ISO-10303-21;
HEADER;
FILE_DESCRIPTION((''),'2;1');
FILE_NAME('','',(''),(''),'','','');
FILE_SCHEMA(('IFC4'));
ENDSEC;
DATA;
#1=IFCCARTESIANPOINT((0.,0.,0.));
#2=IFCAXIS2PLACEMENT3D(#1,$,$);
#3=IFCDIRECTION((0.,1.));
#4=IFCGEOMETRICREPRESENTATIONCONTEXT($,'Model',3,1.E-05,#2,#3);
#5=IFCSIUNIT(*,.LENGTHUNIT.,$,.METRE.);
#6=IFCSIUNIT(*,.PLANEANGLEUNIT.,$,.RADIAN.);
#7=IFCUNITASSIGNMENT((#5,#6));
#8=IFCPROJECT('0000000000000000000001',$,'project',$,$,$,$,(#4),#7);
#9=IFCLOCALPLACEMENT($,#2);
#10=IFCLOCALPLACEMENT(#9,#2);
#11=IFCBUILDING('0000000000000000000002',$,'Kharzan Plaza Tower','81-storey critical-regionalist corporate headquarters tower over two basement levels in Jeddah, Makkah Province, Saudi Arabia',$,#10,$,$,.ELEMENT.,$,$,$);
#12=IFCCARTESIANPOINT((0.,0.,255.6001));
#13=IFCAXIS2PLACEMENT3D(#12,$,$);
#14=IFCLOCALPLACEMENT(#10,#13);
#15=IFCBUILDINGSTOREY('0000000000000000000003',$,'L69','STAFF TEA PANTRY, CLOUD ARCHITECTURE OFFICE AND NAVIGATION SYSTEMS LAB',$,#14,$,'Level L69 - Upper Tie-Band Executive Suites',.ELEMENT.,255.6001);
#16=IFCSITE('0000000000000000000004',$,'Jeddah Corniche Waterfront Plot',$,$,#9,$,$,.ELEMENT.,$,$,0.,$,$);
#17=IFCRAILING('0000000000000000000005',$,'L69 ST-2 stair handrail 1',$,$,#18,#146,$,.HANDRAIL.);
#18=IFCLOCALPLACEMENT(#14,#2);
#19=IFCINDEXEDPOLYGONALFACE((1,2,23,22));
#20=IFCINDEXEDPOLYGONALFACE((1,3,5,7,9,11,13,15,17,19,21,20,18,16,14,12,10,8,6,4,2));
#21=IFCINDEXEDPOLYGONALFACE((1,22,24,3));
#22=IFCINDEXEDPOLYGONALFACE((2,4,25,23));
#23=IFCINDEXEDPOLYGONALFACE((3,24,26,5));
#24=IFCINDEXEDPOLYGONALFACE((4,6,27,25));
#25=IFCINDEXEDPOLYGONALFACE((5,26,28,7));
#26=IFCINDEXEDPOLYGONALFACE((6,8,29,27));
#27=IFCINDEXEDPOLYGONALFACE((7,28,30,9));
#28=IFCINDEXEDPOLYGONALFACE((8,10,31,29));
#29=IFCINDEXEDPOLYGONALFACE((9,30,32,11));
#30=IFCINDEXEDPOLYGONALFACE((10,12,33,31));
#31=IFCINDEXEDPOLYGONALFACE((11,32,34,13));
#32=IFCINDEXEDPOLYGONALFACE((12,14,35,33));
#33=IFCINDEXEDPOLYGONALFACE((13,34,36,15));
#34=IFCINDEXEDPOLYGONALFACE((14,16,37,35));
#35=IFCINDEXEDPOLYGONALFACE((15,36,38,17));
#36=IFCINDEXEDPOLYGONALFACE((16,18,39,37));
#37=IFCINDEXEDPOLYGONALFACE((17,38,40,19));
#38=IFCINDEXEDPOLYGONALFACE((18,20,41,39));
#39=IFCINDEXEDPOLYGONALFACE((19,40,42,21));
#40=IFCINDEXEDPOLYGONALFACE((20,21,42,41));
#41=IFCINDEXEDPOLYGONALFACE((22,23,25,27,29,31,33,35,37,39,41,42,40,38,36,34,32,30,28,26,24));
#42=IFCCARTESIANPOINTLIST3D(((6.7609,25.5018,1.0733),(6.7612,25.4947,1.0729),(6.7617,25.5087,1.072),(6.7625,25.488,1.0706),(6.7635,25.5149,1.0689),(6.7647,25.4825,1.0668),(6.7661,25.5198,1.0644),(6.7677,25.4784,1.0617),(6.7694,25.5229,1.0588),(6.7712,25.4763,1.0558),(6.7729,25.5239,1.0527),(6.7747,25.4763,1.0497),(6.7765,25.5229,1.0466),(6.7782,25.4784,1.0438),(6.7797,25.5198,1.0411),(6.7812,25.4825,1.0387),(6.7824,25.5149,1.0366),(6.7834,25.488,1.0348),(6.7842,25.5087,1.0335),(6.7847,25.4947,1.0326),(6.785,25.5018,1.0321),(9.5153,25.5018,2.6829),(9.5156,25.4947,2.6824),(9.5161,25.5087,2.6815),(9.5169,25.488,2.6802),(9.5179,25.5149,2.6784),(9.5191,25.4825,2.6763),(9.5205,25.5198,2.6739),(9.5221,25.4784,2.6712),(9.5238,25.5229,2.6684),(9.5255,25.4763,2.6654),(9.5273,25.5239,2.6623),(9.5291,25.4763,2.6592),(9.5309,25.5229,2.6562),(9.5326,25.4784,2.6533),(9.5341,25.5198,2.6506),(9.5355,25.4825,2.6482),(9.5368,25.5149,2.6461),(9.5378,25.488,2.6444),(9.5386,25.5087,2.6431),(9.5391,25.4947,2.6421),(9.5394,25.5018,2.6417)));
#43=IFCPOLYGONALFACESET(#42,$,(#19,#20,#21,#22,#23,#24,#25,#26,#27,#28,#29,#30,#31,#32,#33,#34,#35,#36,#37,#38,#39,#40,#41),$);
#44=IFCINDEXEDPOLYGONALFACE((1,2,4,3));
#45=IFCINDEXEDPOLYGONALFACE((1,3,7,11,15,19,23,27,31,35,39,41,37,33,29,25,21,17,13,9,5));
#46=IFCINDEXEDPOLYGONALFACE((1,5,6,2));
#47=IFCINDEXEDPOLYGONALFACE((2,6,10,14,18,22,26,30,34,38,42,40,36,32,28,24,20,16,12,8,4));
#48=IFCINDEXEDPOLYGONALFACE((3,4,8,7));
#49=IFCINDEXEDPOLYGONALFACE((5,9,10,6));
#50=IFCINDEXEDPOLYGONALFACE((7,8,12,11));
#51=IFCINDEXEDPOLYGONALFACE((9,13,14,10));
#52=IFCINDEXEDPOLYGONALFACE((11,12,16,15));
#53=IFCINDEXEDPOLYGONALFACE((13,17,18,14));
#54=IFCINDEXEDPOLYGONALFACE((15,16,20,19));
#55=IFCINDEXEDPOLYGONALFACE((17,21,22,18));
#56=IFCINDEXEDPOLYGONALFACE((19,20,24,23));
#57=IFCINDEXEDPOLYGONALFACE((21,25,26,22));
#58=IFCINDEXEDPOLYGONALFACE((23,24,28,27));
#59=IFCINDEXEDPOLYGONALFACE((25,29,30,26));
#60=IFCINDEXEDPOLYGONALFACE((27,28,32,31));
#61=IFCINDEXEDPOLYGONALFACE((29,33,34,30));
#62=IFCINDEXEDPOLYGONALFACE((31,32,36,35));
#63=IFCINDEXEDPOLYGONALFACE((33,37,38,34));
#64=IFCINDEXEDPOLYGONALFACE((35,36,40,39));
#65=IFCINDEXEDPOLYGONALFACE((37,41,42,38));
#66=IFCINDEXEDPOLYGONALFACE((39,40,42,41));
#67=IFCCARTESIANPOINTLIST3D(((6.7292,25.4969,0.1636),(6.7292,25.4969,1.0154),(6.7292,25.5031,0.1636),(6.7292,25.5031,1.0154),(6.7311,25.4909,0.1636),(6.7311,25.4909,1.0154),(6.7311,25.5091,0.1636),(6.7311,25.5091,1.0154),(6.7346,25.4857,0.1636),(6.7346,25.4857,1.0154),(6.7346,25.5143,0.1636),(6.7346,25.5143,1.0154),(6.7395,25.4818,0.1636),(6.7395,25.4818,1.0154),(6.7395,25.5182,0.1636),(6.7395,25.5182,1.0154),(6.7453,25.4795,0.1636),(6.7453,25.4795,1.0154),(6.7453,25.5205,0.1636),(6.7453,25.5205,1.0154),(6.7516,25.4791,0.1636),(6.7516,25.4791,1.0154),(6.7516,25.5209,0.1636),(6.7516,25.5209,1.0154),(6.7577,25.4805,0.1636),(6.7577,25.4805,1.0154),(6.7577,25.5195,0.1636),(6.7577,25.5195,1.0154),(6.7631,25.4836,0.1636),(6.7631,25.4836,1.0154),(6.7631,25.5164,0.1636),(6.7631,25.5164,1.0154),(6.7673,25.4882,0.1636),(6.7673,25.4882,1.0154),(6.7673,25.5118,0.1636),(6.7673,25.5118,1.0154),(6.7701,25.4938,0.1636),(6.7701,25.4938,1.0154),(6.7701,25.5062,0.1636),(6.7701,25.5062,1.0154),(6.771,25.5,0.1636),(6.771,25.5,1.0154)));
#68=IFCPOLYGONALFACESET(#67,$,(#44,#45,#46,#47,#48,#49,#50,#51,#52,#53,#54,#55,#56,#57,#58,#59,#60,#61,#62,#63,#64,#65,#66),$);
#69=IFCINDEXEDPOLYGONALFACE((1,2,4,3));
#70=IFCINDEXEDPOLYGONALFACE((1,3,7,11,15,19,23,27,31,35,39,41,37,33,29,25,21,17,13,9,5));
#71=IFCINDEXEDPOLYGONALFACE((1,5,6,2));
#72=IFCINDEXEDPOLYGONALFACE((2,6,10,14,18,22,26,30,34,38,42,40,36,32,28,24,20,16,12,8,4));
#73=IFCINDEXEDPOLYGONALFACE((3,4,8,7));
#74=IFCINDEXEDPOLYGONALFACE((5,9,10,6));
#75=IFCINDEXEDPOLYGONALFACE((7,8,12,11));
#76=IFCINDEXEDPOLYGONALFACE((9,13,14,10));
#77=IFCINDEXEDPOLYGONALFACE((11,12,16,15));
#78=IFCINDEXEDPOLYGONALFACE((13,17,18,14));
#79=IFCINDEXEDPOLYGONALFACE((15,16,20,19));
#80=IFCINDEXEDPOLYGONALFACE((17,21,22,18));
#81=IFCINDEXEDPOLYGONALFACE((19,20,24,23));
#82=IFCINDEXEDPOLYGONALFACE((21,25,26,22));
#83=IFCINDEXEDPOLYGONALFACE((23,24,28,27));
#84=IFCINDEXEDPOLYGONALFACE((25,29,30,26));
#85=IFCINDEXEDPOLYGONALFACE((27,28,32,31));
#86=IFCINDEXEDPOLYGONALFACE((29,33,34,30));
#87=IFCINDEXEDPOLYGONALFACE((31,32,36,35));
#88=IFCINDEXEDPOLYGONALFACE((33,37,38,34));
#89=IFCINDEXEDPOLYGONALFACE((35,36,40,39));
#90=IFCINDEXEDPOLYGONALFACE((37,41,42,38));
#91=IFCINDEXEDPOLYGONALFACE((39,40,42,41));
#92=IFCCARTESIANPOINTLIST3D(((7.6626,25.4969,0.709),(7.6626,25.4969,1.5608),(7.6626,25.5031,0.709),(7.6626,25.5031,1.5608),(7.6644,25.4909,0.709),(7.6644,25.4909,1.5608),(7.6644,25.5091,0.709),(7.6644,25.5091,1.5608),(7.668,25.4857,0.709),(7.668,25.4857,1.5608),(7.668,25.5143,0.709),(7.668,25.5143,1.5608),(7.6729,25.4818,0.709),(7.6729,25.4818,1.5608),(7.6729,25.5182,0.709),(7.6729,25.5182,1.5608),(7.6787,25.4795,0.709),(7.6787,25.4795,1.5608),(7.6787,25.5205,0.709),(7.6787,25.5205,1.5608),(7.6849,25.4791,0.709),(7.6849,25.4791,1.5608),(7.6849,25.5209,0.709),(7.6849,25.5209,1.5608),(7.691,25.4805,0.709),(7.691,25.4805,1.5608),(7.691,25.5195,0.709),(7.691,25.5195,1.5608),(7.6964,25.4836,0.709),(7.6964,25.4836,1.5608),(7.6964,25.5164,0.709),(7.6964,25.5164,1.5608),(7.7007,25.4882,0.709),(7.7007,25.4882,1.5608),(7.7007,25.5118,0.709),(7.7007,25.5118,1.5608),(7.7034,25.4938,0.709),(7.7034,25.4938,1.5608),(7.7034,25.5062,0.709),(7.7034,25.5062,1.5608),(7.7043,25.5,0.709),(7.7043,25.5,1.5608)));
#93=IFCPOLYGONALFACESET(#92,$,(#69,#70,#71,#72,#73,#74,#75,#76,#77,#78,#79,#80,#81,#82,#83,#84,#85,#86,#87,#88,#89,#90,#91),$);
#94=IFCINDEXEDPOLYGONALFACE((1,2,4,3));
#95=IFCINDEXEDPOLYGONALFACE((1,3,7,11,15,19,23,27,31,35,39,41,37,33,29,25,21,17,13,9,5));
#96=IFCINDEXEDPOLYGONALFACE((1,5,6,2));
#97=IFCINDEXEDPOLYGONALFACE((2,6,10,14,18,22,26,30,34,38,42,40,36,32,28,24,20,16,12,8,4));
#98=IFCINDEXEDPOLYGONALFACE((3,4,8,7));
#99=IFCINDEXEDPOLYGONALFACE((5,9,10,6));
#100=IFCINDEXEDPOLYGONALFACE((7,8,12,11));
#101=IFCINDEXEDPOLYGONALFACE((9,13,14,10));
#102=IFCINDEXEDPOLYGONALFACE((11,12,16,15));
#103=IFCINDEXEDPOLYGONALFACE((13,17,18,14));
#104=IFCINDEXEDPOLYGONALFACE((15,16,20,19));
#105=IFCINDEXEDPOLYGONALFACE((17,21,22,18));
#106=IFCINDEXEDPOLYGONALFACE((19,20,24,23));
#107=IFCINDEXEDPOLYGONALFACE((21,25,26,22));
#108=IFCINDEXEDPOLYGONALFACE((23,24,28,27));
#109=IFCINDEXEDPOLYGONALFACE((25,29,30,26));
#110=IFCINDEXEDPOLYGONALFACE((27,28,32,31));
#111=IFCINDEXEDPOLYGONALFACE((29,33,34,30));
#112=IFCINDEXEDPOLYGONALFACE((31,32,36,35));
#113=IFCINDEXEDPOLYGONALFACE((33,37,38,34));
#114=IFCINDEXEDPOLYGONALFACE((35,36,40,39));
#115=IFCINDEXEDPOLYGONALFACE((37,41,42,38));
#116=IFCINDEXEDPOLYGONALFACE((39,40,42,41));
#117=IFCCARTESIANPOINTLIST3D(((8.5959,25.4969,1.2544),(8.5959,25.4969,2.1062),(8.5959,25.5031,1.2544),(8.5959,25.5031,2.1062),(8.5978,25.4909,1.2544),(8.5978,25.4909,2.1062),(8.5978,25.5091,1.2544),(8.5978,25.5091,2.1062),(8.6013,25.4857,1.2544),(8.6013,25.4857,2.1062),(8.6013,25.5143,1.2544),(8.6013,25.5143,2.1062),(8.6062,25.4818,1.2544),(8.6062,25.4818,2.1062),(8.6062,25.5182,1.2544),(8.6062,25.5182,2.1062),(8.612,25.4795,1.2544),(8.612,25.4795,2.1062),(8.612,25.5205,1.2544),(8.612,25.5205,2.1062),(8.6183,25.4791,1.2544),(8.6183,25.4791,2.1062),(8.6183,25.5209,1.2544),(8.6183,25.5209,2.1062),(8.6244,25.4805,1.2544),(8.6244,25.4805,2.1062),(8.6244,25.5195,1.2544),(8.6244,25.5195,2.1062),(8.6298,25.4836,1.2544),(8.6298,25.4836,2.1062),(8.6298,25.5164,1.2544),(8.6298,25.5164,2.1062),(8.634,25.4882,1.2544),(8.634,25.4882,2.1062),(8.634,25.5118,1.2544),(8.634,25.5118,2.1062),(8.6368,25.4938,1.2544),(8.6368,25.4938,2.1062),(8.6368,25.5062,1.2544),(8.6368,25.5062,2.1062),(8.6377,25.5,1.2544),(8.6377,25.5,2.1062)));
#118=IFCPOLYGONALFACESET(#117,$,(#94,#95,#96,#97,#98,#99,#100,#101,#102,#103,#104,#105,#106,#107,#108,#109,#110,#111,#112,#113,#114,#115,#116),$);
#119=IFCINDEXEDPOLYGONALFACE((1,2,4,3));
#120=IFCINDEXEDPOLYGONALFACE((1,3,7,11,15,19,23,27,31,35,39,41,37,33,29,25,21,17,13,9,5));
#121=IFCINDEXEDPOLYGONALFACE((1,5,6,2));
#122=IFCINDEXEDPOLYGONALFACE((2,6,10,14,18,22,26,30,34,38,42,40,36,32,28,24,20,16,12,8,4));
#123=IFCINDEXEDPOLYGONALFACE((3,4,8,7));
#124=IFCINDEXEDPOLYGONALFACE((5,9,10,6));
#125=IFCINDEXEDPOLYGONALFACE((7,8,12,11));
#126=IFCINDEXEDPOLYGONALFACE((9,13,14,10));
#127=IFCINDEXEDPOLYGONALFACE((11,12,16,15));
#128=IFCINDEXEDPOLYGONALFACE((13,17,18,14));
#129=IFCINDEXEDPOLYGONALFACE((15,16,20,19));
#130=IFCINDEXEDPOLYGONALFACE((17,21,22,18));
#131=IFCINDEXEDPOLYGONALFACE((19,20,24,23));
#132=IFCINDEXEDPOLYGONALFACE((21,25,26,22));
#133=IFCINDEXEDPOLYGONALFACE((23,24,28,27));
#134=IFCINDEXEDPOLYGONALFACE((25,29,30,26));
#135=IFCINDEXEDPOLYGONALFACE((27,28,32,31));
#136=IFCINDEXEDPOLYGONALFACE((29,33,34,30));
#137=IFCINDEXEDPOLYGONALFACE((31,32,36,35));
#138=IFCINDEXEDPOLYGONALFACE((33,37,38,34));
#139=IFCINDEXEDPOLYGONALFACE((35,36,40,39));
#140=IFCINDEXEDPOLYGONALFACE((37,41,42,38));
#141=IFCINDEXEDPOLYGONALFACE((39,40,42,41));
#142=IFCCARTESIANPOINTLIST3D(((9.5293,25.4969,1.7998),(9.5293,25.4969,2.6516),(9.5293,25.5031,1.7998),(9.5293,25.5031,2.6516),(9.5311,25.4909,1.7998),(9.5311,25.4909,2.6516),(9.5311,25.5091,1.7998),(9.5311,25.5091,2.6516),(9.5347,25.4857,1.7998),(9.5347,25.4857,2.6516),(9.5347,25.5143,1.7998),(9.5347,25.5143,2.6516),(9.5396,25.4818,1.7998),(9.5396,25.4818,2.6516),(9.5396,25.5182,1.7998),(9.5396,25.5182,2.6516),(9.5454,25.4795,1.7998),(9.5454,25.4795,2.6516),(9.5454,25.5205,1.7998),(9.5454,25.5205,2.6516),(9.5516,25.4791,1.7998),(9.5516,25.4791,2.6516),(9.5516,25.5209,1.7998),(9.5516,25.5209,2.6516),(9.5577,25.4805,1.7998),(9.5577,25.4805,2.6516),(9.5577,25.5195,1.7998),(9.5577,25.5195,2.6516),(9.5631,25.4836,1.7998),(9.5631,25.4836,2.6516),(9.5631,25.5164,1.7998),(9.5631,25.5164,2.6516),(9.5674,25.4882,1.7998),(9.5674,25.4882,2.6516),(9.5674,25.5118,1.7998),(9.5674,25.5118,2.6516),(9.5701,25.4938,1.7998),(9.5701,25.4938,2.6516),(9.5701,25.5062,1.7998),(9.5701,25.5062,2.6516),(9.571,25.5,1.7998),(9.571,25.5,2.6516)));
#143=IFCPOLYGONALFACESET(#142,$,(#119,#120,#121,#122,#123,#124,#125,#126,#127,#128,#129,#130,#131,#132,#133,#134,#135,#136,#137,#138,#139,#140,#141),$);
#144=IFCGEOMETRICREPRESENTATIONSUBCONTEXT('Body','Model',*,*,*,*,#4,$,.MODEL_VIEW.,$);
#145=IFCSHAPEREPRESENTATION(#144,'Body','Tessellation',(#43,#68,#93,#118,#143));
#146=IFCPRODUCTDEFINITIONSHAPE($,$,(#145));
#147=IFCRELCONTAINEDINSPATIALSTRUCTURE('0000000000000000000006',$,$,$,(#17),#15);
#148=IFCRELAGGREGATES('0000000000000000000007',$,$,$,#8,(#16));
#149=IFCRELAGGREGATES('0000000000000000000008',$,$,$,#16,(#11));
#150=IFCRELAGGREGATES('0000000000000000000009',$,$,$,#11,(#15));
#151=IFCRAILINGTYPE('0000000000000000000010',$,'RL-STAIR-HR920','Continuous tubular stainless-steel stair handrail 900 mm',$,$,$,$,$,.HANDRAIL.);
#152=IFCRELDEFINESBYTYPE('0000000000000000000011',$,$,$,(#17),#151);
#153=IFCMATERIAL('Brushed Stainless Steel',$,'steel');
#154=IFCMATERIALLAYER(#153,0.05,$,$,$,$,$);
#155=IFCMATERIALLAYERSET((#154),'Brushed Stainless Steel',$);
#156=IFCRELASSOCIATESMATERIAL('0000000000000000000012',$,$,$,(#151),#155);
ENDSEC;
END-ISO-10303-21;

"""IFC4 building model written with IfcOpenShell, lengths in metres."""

from ifc_helpers import new_model, si_unit, direction, frame, origin, origin_2d, place, context, subcontext, project, spatial, circle, extrude, source, transform, mapped, material, layer, layer_set, type_object, element, save


model = new_model("IFC4")

# Units and contexts
model_context = context("Model", 3, precision=1e-05, world=origin(), true_north=direction((0.0, 1.0)))
body_context = subcontext(model_context, "Body", "Model", "MODEL_VIEW")
ifc_project = project(units=[si_unit("LENGTHUNIT", "METRE"), si_unit("PLANEANGLEUNIT", "RADIAN")], contexts=[model_context])

# Site, building, storey
site_placement = place(None, origin())
site = spatial("IfcSite", under=ifc_project, at=site_placement, Name="Jeddah Corniche Waterfront Plot", CompositionType="ELEMENT", RefElevation=0.0)
building_placement = place(site_placement, origin())
building = spatial("IfcBuilding", under=site, at=building_placement, Name="Kharzan Plaza Tower", Description="81-storey critical-regionalist corporate headquarters tower over two basement levels in Jeddah, Makkah Province, Saudi Arabia", CompositionType="ELEMENT")
storey_placement = place(building_placement, frame((0.0, 0.0, 255.6001)))
storey = spatial("IfcBuildingStorey", under=building, at=storey_placement, Name="L69", Description="STAFF TEA PANTRY, CLOUD ARCHITECTURE OFFICE AND NAVIGATION SYSTEMS LAB", LongName="Level L69 - Upper Tie-Band Executive Suites", CompositionType="ELEMENT", Elevation=255.6001)

# Railing
ifc_material_1 = material(Name="Brushed Stainless Steel", Category="steel")
ifc_layer_1 = layer(ifc_material_1, 0.05)
ifc_layer_set_1 = layer_set([ifc_layer_1], Name="Brushed Stainless Steel")
railing_type_1 = type_object("IfcRailingType", Name="RL-STAIR-HR920", Description="Continuous tubular stainless-steel stair handrail 900 mm", PredefinedType="HANDRAIL", material=ifc_layer_set_1)
shared_shape_1 = source(origin(), body_context, "Body", "SweptSolid", [
    extrude(circle(Radius=0.0239, at=origin_2d()), frame((0.0229, 0.0, 0.8892), z_axis=(0.863394, 0.0, 0.504531), x_axis=(0.0, 1.0, 0.0)), (0.0, 0.0, 1.0), 3.1902),
    extrude(circle(Radius=0.021, at=origin_2d()), origin(), (0.0, 0.0, 1.0), 0.8518),
    extrude(circle(Radius=0.021, at=origin_2d()), frame((0.9333, 0.0, 0.5454)), (0.0, 0.0, 1.0), 0.8518),
    extrude(circle(Radius=0.021, at=origin_2d()), frame((1.8667, 0.0, 1.0908)), (0.0, 0.0, 1.0), 0.8518),
    extrude(circle(Radius=0.021, at=origin_2d()), frame((2.8, 0.0, 1.6362)), (0.0, 0.0, 1.0), 0.8518),
])
railing_1_placement = place(storey_placement, frame((6.75, 25.5, 0.1636)))
element("IfcRailing", 1, at=railing_1_placement, inside=storey, type_object=railing_type_1, Name="L69 ST-2 stair handrail 1", PredefinedType="HANDRAIL", context=body_context, shape_type="MappedRepresentation", body=[
    mapped(shared_shape_1, transform((0.0, 0.0, 0.0), x_axis=(1.0, 0.0, 0.0), y_axis=(0.0, 1.0, 0.0), z_axis=(0.0, 0.0, 1.0))),
])

save(model, "model.ifc")
